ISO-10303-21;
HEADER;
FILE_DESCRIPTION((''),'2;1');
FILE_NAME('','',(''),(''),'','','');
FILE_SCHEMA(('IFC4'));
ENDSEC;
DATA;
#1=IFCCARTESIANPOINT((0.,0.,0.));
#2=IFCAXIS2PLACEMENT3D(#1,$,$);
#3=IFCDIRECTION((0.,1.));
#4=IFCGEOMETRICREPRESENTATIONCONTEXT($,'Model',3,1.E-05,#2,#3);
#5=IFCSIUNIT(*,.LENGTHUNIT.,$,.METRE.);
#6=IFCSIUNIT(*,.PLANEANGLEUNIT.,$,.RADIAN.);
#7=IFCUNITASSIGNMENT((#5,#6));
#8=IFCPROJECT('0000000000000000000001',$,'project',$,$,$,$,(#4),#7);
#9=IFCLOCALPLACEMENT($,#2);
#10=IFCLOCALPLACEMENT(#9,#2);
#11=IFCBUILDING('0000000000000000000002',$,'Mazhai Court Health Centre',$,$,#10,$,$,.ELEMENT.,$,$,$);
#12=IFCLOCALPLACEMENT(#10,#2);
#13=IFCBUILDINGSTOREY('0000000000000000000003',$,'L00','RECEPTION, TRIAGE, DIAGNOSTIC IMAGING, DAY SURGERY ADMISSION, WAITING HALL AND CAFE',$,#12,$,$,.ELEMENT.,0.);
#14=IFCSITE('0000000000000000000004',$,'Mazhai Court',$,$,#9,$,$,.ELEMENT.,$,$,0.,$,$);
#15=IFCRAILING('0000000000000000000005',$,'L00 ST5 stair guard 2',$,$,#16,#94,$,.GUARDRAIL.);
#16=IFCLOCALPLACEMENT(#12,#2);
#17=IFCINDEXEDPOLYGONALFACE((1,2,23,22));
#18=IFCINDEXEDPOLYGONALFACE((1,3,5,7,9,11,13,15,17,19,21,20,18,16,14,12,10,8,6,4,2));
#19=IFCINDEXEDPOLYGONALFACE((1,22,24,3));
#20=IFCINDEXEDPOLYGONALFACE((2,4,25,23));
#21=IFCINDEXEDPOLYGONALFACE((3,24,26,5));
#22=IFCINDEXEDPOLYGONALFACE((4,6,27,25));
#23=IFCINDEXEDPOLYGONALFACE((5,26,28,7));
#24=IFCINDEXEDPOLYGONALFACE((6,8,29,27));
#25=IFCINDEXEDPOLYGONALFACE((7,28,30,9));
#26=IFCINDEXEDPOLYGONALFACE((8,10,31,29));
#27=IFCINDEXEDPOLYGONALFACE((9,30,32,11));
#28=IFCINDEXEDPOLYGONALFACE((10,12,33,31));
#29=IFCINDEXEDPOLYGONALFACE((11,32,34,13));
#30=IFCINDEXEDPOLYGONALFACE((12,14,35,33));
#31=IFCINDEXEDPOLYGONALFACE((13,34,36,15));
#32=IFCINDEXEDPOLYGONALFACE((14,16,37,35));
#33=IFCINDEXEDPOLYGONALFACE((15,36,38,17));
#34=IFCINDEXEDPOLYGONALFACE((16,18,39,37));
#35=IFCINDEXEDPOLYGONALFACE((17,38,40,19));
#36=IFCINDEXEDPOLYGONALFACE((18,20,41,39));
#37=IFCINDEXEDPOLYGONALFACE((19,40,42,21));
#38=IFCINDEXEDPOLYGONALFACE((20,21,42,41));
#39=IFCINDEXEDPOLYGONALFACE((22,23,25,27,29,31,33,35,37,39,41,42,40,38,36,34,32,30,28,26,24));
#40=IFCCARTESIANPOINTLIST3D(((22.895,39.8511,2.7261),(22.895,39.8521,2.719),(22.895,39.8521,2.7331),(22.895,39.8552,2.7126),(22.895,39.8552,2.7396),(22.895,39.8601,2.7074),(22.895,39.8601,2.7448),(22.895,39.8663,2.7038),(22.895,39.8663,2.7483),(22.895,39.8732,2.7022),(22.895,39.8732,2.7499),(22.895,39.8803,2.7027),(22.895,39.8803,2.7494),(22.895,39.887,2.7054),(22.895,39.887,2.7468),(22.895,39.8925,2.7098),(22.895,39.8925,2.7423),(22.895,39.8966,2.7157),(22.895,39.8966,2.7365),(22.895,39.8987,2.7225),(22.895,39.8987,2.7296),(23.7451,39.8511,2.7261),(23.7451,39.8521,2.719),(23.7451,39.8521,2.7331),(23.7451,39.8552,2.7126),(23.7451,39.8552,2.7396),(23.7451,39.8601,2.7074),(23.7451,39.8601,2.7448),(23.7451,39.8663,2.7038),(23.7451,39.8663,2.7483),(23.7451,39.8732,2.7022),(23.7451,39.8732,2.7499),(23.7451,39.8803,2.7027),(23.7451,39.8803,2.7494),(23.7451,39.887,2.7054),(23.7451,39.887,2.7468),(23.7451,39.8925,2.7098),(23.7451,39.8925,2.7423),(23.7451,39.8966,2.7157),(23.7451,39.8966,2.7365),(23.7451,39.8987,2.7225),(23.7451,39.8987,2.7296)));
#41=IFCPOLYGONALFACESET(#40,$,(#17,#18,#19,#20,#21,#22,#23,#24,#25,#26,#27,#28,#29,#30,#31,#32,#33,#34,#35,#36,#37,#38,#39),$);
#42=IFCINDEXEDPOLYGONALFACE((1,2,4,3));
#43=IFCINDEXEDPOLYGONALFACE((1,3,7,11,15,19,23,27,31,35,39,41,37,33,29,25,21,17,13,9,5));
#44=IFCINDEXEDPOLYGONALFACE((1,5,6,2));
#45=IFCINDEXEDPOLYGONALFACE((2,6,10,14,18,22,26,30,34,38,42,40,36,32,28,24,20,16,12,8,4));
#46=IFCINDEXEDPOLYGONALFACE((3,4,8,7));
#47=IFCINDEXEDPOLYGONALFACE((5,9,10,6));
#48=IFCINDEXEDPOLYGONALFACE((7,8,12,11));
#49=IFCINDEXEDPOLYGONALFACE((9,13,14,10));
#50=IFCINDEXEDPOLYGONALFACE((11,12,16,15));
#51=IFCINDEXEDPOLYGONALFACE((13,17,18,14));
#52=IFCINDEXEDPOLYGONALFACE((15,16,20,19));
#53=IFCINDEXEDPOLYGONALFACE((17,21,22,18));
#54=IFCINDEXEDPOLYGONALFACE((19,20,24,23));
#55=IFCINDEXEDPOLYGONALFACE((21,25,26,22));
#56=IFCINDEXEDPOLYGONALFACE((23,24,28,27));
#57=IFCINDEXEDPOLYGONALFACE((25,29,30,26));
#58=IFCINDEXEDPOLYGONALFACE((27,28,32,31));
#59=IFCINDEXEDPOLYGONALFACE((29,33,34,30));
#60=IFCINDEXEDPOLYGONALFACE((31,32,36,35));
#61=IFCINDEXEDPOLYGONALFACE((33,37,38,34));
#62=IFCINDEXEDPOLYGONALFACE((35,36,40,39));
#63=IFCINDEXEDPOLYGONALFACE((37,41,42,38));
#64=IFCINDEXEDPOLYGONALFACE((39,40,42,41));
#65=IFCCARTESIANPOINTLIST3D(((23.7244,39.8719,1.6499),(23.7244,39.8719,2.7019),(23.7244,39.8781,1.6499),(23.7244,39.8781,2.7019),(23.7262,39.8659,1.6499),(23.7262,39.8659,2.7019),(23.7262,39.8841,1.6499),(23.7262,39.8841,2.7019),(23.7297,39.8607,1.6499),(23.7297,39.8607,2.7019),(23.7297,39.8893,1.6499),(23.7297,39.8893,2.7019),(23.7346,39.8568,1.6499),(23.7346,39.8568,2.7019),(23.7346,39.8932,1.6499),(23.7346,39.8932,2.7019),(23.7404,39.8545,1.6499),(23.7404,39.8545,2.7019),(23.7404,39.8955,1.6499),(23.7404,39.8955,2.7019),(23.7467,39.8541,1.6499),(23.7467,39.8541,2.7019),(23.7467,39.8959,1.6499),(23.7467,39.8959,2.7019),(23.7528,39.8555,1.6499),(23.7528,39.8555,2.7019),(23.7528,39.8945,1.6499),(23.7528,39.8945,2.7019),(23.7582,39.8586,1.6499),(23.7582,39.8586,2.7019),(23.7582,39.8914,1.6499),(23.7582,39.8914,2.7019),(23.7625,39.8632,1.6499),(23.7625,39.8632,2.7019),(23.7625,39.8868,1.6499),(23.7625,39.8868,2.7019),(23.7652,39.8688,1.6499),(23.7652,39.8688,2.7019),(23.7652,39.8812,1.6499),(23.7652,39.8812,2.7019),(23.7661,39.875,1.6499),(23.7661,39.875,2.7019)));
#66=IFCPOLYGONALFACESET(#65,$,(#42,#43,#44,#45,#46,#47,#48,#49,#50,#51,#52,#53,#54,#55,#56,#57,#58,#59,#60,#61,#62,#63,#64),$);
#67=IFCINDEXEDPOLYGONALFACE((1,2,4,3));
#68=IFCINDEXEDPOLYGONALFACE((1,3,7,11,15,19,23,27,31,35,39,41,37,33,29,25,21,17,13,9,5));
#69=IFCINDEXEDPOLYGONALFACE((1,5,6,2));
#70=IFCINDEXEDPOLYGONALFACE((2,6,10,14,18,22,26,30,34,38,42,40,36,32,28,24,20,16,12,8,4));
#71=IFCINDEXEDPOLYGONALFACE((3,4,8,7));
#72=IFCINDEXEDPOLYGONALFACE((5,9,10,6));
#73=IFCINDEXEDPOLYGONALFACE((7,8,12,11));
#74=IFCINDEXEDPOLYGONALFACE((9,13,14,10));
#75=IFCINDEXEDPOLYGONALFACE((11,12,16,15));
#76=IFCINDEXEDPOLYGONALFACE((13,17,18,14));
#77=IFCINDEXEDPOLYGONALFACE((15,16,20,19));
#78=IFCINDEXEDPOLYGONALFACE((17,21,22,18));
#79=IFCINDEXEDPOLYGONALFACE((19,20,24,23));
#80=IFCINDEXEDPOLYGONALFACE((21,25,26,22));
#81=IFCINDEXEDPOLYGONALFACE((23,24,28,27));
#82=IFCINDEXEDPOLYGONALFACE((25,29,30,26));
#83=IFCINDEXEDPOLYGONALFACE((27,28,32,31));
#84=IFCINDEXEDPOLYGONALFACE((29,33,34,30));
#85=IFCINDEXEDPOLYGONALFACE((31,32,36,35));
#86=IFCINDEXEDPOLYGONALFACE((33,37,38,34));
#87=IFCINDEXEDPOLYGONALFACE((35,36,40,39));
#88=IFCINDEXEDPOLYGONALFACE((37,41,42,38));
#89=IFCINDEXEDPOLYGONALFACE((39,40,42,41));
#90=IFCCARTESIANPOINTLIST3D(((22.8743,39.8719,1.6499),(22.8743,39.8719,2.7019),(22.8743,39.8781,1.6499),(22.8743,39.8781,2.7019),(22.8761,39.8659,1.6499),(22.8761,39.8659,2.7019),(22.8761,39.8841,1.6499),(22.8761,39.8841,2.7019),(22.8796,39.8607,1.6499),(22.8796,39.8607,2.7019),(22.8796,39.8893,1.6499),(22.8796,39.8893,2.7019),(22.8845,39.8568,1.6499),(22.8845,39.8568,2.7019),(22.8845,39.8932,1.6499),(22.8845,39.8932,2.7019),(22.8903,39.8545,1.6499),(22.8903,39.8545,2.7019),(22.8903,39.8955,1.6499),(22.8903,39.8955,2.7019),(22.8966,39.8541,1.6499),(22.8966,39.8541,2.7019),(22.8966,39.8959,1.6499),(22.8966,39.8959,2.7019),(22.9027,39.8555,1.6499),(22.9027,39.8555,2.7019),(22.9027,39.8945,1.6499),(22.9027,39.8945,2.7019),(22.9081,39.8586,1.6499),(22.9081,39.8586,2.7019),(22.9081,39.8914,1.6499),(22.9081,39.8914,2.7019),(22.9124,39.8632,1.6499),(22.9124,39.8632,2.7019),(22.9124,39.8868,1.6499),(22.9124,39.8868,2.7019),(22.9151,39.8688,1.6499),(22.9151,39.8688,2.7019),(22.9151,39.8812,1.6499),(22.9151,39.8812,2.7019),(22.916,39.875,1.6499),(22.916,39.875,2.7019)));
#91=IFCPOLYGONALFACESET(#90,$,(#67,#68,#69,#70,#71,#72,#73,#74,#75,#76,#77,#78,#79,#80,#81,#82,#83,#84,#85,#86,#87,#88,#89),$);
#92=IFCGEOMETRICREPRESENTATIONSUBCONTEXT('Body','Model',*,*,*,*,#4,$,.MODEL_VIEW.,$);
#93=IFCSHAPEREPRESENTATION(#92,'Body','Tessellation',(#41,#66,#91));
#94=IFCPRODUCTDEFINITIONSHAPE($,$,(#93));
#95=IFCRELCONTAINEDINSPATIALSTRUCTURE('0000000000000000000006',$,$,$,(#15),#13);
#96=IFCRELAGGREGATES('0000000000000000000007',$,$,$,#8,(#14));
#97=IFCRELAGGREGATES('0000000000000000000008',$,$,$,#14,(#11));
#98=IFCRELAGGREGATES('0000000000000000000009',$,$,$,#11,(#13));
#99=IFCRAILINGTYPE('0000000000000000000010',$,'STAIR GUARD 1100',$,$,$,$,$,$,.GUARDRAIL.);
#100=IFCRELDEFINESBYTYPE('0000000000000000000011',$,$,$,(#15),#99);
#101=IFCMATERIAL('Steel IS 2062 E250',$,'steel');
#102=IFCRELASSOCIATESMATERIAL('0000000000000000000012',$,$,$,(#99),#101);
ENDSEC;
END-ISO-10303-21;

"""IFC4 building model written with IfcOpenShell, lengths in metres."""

from ifc_helpers import new_model, si_unit, direction, frame, origin, origin_2d, place, context, subcontext, project, spatial, circle, extrude, material, type_object, element, save


model = new_model("IFC4")

# Units and contexts
model_context = context("Model", 3, precision=1e-05, world=origin(), true_north=direction((0.0, 1.0)))
body_context = subcontext(model_context, "Body", "Model", "MODEL_VIEW")
ifc_project = project(units=[si_unit("LENGTHUNIT", "METRE"), si_unit("PLANEANGLEUNIT", "RADIAN")], contexts=[model_context])

# Site, building, storey
site_placement = place(None, origin())
site = spatial("IfcSite", under=ifc_project, at=site_placement, Name="Mazhai Court", CompositionType="ELEMENT", RefElevation=0.0)
building_placement = place(site_placement, origin())
building = spatial("IfcBuilding", under=site, at=building_placement, Name="Mazhai Court Health Centre", CompositionType="ELEMENT")
storey_placement = place(building_placement, origin())
storey = spatial("IfcBuildingStorey", under=building, at=storey_placement, Name="L00", Description="RECEPTION, TRIAGE, DIAGNOSTIC IMAGING, DAY SURGERY ADMISSION, WAITING HALL AND CAFE", CompositionType="ELEMENT", Elevation=0.0)

# Railing
ifc_material_1 = material(Name="Steel IS 2062 E250", Category="steel")
railing_type_1 = type_object("IfcRailingType", Name="STAIR GUARD 1100", PredefinedType="GUARDRAIL", material=ifc_material_1)
railing_1_placement = place(storey_placement, frame((23.7451, 39.875, 1.6499)))
element("IfcRailing", 1, at=railing_1_placement, inside=storey, type_object=railing_type_1, Name="L00 ST5 stair guard 2", PredefinedType="GUARDRAIL", context=body_context, shape_type="SweptSolid", body=[
    extrude(circle(Radius=0.0239, at=origin_2d()), frame((0.0, 0.0, 1.0762), z_axis=(-1.0, 0.0, 0.0), x_axis=(0.0, -1.0, 0.0)), (0.0, 0.0, 1.0), 0.8501),
    extrude(circle(Radius=0.021, at=origin_2d()), origin(), (0.0, 0.0, 1.0), 1.052),
    extrude(circle(Radius=0.021, at=origin_2d()), frame((-0.8501, 0.0, 0.0)), (0.0, 0.0, 1.0), 1.052),
])

save(model, "model.ifc")
